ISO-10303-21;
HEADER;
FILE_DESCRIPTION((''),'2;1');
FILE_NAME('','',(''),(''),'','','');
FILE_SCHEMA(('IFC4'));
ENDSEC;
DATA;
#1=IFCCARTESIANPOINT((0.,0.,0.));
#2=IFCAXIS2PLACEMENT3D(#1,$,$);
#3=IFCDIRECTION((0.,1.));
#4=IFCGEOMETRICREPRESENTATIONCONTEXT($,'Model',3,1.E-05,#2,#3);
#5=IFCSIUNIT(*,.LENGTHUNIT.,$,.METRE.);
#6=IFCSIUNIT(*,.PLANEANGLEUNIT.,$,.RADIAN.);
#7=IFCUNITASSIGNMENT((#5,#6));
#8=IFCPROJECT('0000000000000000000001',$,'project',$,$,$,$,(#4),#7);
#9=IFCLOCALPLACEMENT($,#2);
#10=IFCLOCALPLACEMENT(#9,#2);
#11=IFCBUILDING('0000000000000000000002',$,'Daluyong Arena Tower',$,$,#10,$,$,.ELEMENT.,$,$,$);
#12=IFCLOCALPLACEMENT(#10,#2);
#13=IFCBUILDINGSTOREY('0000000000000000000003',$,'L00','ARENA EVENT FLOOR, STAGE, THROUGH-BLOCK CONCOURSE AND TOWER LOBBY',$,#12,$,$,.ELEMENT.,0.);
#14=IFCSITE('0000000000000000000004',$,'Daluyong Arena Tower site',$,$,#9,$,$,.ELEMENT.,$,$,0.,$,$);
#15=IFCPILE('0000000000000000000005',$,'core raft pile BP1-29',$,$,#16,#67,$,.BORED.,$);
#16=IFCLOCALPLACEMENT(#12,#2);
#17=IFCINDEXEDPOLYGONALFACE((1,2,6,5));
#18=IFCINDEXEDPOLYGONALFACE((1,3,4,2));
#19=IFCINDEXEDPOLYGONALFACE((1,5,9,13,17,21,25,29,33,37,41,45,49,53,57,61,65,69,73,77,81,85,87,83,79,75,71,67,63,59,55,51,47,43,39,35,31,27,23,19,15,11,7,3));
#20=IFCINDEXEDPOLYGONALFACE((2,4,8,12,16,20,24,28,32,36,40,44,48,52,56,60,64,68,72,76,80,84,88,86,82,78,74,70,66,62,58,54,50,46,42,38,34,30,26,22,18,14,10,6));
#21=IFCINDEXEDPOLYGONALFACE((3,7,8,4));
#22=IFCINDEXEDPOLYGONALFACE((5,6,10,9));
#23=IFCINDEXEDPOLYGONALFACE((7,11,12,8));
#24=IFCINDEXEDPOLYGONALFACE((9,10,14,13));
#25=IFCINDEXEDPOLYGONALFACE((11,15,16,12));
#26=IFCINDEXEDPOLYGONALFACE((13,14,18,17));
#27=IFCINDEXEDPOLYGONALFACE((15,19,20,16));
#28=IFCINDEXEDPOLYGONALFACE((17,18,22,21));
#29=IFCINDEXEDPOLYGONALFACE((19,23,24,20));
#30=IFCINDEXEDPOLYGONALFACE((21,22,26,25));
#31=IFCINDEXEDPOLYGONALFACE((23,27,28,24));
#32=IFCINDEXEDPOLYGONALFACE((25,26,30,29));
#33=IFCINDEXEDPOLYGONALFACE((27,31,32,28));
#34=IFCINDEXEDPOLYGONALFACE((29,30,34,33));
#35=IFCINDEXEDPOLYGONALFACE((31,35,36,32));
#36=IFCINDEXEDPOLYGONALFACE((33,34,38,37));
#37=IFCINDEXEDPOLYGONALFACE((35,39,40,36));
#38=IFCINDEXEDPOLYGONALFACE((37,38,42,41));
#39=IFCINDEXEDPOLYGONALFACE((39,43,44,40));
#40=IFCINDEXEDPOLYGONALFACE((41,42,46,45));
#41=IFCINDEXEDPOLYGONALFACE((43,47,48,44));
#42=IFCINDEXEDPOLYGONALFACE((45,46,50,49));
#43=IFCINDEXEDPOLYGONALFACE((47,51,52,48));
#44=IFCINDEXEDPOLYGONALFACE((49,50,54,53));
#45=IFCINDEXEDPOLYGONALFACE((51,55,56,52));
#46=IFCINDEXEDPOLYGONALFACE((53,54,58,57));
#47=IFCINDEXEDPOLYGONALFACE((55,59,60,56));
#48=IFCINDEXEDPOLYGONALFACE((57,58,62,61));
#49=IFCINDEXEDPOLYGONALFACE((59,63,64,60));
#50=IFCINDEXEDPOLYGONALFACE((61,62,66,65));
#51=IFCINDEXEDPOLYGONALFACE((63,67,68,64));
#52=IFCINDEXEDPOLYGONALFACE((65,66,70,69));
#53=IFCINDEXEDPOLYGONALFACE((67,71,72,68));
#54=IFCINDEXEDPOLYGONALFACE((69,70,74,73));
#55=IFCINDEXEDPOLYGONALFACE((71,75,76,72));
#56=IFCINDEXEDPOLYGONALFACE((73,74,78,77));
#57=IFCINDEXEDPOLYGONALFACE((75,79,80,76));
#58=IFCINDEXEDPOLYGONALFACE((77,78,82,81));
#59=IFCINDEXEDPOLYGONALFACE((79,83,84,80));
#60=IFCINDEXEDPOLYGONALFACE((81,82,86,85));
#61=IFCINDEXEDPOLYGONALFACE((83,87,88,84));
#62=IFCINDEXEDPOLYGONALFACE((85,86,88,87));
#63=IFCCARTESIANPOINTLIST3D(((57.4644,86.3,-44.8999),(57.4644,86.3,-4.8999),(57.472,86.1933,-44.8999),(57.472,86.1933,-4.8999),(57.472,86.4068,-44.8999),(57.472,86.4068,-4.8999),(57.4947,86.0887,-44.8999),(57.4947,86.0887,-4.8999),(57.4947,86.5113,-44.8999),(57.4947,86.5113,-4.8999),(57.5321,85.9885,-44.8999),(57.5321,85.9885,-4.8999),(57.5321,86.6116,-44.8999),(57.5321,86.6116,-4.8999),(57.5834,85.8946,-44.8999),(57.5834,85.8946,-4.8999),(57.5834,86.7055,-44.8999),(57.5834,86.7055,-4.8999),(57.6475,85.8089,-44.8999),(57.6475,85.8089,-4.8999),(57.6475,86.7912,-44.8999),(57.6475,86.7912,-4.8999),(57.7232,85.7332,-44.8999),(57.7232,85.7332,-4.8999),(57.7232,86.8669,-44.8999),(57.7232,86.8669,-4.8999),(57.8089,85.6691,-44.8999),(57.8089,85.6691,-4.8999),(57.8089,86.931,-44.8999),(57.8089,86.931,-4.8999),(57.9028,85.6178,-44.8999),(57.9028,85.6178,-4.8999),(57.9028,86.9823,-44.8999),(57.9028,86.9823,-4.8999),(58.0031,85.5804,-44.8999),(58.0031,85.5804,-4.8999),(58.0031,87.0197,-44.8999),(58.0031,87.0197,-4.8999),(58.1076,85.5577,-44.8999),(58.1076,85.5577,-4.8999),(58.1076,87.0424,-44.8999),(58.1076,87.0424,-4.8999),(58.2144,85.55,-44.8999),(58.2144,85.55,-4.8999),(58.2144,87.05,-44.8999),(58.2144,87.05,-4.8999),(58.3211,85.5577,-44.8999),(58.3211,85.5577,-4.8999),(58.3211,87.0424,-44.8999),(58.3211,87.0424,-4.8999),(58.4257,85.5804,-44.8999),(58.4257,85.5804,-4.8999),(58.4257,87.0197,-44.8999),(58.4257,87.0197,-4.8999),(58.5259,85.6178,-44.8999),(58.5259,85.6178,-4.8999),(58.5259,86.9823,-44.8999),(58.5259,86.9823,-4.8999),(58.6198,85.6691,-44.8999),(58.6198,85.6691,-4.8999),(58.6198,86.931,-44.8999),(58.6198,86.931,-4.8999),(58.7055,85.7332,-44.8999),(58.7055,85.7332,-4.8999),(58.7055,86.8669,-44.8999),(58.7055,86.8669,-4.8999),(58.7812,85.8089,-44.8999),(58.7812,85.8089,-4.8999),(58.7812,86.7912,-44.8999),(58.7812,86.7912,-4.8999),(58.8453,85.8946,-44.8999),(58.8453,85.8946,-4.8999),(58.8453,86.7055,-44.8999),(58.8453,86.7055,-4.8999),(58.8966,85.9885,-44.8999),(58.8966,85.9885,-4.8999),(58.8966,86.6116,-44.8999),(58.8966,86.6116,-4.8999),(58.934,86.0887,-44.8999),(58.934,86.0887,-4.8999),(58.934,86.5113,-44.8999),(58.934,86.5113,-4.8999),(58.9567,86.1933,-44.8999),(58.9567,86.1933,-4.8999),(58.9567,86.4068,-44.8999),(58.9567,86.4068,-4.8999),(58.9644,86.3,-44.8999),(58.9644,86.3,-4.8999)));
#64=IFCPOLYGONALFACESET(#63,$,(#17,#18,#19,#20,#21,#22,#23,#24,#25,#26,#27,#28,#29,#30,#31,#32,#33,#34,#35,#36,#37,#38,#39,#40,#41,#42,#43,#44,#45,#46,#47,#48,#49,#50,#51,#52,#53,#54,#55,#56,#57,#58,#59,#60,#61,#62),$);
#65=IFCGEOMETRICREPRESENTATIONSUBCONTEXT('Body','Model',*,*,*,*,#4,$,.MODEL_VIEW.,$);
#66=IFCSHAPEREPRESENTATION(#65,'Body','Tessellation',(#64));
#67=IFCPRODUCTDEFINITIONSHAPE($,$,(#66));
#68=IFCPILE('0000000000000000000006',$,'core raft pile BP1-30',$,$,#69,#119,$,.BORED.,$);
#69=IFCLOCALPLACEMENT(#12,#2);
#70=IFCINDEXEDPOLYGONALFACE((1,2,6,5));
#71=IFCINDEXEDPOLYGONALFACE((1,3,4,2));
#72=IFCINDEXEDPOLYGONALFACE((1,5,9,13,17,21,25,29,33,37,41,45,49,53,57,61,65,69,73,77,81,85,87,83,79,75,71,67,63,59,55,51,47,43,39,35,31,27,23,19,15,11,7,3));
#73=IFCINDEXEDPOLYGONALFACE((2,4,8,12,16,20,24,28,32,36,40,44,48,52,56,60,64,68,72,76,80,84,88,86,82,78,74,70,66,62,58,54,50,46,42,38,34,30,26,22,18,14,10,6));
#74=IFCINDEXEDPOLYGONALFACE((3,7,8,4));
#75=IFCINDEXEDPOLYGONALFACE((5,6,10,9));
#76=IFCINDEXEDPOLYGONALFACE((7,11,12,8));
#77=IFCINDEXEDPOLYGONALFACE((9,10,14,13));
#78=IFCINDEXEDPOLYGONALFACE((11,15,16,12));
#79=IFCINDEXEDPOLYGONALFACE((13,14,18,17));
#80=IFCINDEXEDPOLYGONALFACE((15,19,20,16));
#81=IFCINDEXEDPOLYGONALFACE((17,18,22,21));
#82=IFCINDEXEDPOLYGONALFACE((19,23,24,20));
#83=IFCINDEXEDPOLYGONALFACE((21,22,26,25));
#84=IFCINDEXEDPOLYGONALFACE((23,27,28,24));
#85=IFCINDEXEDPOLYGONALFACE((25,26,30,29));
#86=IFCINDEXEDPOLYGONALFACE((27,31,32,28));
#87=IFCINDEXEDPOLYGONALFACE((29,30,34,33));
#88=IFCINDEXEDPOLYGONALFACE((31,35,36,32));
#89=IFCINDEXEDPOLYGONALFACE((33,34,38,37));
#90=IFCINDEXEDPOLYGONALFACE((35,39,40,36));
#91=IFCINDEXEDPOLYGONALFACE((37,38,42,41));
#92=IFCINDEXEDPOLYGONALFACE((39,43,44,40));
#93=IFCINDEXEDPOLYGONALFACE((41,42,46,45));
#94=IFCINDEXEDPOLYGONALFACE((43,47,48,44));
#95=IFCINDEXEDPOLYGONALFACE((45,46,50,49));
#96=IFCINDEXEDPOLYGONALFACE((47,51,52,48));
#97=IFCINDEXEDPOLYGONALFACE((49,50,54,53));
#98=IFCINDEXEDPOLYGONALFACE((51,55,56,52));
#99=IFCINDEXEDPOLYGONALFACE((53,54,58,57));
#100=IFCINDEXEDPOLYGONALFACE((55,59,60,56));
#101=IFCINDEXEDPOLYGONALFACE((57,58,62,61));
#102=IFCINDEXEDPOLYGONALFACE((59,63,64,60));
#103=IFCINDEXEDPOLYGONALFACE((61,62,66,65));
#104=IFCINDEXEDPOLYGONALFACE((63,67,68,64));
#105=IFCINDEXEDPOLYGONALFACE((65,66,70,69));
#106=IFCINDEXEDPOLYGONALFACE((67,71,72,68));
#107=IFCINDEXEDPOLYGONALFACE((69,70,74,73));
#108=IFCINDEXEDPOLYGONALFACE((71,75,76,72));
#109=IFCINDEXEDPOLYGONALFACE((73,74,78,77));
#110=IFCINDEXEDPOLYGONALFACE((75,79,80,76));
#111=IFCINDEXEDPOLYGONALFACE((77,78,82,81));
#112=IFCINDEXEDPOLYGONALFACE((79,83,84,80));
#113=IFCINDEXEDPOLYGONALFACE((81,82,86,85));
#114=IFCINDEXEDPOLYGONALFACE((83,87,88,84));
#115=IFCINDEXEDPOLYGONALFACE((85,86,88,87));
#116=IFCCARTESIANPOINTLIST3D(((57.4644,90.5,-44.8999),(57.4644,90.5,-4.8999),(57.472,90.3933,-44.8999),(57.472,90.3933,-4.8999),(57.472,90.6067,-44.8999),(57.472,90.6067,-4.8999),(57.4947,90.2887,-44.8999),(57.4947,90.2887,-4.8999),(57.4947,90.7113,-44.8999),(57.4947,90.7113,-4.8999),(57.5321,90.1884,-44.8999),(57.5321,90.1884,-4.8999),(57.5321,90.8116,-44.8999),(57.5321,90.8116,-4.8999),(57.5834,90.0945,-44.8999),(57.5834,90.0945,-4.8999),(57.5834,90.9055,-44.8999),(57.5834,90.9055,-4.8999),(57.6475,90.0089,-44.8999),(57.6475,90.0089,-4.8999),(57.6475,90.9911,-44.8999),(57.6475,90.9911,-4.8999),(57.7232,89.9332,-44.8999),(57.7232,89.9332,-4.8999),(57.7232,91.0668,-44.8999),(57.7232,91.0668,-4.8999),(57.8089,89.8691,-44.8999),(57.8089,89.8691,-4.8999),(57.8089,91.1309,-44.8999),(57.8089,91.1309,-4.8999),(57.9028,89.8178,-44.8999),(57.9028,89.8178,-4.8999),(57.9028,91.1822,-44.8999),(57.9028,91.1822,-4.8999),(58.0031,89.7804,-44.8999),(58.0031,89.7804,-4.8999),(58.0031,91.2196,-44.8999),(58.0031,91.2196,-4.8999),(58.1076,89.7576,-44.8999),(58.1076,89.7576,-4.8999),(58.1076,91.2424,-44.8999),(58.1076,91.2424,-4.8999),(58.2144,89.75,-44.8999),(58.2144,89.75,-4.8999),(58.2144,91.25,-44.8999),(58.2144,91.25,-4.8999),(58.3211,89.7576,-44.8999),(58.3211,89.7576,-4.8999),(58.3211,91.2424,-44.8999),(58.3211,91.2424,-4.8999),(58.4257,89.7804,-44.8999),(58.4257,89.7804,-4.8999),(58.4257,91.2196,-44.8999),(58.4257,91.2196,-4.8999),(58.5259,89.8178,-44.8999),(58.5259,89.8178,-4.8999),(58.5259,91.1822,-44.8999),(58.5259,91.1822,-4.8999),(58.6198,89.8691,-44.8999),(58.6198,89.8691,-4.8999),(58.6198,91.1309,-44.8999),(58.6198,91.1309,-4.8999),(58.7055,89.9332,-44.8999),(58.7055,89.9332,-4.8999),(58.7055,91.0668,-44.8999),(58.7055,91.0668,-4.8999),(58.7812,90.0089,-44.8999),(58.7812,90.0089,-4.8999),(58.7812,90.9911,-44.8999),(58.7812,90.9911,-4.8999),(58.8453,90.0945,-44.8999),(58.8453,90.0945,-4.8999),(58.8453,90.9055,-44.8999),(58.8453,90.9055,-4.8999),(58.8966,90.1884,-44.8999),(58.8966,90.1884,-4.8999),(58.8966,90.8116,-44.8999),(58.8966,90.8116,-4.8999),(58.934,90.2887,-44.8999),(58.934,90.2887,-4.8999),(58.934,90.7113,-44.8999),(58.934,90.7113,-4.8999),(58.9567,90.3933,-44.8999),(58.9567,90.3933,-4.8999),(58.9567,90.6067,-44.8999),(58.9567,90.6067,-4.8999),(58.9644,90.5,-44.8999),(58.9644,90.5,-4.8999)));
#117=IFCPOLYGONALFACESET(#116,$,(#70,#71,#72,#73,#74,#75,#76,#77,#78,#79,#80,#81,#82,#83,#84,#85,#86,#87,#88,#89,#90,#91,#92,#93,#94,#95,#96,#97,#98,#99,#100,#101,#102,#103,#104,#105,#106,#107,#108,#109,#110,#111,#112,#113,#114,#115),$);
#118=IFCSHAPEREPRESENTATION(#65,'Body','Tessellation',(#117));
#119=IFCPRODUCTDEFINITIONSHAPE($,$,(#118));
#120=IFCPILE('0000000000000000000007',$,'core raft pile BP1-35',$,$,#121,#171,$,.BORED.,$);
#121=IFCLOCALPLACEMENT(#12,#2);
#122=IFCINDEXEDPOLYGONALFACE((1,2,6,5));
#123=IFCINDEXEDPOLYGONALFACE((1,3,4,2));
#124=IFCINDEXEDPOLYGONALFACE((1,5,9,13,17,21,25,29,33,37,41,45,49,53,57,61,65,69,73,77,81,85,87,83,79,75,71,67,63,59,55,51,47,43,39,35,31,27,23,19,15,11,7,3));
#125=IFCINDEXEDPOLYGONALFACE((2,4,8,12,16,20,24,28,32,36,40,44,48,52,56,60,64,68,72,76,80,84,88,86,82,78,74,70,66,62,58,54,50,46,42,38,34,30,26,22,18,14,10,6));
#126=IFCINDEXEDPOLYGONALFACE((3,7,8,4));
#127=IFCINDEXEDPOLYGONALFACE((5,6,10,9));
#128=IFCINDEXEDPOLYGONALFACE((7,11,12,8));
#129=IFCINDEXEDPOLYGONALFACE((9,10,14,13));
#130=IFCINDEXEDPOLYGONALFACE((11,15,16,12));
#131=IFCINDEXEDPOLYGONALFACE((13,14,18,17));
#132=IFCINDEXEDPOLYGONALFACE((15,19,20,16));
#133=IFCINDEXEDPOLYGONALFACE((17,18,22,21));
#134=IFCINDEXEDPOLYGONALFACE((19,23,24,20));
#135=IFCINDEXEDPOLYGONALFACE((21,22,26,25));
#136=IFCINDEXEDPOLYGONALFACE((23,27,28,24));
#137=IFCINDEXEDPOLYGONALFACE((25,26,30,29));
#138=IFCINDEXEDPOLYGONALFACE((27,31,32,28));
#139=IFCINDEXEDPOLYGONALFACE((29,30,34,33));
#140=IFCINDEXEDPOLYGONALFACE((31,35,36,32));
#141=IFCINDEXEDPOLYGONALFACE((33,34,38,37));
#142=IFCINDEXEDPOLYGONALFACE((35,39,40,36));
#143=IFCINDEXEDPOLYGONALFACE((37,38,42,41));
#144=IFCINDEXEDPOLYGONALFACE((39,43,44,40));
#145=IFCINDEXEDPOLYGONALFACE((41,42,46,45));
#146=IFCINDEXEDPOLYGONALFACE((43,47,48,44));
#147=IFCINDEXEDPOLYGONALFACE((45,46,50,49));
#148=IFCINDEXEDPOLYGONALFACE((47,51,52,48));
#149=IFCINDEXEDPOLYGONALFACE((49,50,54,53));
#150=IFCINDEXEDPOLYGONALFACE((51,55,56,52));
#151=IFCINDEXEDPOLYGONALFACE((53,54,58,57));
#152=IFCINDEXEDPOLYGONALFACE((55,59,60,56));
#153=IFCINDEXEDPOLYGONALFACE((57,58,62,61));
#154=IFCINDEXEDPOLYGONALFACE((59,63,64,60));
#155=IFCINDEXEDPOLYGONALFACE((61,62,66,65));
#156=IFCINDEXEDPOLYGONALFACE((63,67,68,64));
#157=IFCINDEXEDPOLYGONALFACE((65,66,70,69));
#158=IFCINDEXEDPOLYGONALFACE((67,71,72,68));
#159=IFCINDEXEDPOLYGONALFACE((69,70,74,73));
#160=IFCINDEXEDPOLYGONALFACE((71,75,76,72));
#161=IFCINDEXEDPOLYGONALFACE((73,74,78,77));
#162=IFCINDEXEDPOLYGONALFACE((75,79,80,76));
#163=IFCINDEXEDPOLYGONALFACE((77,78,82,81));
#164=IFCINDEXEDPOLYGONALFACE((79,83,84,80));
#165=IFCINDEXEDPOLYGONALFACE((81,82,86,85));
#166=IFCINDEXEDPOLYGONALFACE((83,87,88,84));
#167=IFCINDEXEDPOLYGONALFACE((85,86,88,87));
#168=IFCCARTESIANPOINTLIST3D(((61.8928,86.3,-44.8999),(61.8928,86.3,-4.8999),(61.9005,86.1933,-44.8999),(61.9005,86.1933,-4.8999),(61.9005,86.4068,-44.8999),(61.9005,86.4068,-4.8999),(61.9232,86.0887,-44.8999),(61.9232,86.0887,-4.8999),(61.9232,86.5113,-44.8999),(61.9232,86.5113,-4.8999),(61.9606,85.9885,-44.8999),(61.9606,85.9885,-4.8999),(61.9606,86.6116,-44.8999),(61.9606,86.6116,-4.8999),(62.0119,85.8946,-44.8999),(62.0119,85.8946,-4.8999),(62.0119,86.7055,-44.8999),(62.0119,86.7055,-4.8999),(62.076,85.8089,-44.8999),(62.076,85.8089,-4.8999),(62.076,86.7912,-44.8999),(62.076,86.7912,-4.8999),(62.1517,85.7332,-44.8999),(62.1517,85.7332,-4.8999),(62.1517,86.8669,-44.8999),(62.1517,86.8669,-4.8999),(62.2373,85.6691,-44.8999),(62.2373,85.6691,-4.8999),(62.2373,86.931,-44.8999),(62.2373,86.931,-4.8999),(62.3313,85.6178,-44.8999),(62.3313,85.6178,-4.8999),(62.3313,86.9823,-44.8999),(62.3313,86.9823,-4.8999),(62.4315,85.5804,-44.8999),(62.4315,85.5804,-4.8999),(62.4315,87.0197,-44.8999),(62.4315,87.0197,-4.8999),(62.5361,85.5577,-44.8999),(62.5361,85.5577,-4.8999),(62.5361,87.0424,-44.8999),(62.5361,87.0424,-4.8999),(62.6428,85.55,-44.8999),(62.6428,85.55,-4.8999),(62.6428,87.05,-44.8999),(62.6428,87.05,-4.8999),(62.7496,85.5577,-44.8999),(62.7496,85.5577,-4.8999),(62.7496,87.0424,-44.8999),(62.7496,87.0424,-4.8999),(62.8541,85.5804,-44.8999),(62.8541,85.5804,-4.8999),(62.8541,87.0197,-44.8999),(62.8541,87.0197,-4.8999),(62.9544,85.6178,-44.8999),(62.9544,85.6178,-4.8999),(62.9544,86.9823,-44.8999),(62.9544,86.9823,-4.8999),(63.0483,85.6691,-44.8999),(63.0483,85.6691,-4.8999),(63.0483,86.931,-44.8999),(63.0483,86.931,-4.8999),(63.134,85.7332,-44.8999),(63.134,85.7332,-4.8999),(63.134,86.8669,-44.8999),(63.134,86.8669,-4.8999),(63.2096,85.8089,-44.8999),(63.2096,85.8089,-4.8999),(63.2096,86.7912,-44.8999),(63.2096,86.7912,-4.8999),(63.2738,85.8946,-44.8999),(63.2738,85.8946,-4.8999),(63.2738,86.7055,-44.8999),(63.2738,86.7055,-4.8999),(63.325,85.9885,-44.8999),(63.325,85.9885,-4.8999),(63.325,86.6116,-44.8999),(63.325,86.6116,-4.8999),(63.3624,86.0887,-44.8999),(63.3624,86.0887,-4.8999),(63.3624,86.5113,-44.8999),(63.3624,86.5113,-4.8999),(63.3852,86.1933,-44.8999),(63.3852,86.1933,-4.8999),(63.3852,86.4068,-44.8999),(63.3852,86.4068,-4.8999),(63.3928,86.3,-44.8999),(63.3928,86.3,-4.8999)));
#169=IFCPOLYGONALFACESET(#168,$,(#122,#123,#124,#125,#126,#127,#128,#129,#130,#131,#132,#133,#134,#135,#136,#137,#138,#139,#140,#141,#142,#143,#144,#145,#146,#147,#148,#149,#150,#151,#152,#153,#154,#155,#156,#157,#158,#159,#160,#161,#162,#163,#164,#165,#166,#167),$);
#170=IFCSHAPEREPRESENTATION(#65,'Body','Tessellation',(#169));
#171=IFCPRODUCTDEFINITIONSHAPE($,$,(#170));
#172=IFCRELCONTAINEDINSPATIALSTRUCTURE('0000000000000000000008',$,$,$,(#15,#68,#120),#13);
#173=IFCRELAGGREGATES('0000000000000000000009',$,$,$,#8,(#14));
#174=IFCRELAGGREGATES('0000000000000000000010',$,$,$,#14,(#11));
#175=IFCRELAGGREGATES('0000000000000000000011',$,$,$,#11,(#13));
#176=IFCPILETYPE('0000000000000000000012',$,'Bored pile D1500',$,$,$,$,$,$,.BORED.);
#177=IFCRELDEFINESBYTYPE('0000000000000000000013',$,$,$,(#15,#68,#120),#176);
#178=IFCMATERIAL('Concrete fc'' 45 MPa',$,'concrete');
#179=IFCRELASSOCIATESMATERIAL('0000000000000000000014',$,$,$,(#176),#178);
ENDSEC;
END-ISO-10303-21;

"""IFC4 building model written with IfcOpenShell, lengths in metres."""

from ifc_helpers import new_model, si_unit, direction, frame, origin, origin_2d, place, context, subcontext, project, spatial, circle, extrude, material, type_object, element, save


model = new_model("IFC4")

# Units and contexts
model_context = context("Model", 3, precision=1e-05, world=origin(), true_north=direction((0.0, 1.0)))
body_context = subcontext(model_context, "Body", "Model", "MODEL_VIEW")
ifc_project = project(units=[si_unit("LENGTHUNIT", "METRE"), si_unit("PLANEANGLEUNIT", "RADIAN")], contexts=[model_context])

# Site, building, storey
site_placement = place(None, origin())
site = spatial("IfcSite", under=ifc_project, at=site_placement, Name="Daluyong Arena Tower site", CompositionType="ELEMENT", RefElevation=0.0)
building_placement = place(site_placement, origin())
building = spatial("IfcBuilding", under=site, at=building_placement, Name="Daluyong Arena Tower", CompositionType="ELEMENT")
storey_placement = place(building_placement, origin())
storey = spatial("IfcBuildingStorey", under=building, at=storey_placement, Name="L00", Description="ARENA EVENT FLOOR, STAGE, THROUGH-BLOCK CONCOURSE AND TOWER LOBBY", CompositionType="ELEMENT", Elevation=0.0)

# Piles
ifc_material_1 = material(Name="Concrete fc' 45 MPa", Category="concrete")
pile_type_1 = type_object("IfcPileType", Name="Bored pile D1500", PredefinedType="BORED", material=ifc_material_1)
for number, where, z_axis, x_axis, name in (
    (1, (58.2144, 86.3, -4.8999), (0.0, 0.0, -1.0), (1.0, 0.0, 0.0), "core raft pile BP1-29"),
    (2, (58.2144, 90.5, -4.8999), (0.0, 0.0, -1.0), (1.0, 0.0, 0.0), "core raft pile BP1-30"),
    (3, (62.6428, 86.3, -4.8999), (0.0, 0.0, -1.0), (1.0, 0.0, 0.0), "core raft pile BP1-35"),
):
    element("IfcPile", number, at=place(storey_placement, frame(where, z_axis=z_axis, x_axis=x_axis)), inside=storey, type_object=pile_type_1, Name=name, PredefinedType="BORED", context=body_context, shape_type="SweptSolid", body=[
        extrude(circle(Radius=0.75, at=origin_2d()), origin(), (0.0, 0.0, 1.0), 40.0),
    ])

save(model, "model.ifc")
